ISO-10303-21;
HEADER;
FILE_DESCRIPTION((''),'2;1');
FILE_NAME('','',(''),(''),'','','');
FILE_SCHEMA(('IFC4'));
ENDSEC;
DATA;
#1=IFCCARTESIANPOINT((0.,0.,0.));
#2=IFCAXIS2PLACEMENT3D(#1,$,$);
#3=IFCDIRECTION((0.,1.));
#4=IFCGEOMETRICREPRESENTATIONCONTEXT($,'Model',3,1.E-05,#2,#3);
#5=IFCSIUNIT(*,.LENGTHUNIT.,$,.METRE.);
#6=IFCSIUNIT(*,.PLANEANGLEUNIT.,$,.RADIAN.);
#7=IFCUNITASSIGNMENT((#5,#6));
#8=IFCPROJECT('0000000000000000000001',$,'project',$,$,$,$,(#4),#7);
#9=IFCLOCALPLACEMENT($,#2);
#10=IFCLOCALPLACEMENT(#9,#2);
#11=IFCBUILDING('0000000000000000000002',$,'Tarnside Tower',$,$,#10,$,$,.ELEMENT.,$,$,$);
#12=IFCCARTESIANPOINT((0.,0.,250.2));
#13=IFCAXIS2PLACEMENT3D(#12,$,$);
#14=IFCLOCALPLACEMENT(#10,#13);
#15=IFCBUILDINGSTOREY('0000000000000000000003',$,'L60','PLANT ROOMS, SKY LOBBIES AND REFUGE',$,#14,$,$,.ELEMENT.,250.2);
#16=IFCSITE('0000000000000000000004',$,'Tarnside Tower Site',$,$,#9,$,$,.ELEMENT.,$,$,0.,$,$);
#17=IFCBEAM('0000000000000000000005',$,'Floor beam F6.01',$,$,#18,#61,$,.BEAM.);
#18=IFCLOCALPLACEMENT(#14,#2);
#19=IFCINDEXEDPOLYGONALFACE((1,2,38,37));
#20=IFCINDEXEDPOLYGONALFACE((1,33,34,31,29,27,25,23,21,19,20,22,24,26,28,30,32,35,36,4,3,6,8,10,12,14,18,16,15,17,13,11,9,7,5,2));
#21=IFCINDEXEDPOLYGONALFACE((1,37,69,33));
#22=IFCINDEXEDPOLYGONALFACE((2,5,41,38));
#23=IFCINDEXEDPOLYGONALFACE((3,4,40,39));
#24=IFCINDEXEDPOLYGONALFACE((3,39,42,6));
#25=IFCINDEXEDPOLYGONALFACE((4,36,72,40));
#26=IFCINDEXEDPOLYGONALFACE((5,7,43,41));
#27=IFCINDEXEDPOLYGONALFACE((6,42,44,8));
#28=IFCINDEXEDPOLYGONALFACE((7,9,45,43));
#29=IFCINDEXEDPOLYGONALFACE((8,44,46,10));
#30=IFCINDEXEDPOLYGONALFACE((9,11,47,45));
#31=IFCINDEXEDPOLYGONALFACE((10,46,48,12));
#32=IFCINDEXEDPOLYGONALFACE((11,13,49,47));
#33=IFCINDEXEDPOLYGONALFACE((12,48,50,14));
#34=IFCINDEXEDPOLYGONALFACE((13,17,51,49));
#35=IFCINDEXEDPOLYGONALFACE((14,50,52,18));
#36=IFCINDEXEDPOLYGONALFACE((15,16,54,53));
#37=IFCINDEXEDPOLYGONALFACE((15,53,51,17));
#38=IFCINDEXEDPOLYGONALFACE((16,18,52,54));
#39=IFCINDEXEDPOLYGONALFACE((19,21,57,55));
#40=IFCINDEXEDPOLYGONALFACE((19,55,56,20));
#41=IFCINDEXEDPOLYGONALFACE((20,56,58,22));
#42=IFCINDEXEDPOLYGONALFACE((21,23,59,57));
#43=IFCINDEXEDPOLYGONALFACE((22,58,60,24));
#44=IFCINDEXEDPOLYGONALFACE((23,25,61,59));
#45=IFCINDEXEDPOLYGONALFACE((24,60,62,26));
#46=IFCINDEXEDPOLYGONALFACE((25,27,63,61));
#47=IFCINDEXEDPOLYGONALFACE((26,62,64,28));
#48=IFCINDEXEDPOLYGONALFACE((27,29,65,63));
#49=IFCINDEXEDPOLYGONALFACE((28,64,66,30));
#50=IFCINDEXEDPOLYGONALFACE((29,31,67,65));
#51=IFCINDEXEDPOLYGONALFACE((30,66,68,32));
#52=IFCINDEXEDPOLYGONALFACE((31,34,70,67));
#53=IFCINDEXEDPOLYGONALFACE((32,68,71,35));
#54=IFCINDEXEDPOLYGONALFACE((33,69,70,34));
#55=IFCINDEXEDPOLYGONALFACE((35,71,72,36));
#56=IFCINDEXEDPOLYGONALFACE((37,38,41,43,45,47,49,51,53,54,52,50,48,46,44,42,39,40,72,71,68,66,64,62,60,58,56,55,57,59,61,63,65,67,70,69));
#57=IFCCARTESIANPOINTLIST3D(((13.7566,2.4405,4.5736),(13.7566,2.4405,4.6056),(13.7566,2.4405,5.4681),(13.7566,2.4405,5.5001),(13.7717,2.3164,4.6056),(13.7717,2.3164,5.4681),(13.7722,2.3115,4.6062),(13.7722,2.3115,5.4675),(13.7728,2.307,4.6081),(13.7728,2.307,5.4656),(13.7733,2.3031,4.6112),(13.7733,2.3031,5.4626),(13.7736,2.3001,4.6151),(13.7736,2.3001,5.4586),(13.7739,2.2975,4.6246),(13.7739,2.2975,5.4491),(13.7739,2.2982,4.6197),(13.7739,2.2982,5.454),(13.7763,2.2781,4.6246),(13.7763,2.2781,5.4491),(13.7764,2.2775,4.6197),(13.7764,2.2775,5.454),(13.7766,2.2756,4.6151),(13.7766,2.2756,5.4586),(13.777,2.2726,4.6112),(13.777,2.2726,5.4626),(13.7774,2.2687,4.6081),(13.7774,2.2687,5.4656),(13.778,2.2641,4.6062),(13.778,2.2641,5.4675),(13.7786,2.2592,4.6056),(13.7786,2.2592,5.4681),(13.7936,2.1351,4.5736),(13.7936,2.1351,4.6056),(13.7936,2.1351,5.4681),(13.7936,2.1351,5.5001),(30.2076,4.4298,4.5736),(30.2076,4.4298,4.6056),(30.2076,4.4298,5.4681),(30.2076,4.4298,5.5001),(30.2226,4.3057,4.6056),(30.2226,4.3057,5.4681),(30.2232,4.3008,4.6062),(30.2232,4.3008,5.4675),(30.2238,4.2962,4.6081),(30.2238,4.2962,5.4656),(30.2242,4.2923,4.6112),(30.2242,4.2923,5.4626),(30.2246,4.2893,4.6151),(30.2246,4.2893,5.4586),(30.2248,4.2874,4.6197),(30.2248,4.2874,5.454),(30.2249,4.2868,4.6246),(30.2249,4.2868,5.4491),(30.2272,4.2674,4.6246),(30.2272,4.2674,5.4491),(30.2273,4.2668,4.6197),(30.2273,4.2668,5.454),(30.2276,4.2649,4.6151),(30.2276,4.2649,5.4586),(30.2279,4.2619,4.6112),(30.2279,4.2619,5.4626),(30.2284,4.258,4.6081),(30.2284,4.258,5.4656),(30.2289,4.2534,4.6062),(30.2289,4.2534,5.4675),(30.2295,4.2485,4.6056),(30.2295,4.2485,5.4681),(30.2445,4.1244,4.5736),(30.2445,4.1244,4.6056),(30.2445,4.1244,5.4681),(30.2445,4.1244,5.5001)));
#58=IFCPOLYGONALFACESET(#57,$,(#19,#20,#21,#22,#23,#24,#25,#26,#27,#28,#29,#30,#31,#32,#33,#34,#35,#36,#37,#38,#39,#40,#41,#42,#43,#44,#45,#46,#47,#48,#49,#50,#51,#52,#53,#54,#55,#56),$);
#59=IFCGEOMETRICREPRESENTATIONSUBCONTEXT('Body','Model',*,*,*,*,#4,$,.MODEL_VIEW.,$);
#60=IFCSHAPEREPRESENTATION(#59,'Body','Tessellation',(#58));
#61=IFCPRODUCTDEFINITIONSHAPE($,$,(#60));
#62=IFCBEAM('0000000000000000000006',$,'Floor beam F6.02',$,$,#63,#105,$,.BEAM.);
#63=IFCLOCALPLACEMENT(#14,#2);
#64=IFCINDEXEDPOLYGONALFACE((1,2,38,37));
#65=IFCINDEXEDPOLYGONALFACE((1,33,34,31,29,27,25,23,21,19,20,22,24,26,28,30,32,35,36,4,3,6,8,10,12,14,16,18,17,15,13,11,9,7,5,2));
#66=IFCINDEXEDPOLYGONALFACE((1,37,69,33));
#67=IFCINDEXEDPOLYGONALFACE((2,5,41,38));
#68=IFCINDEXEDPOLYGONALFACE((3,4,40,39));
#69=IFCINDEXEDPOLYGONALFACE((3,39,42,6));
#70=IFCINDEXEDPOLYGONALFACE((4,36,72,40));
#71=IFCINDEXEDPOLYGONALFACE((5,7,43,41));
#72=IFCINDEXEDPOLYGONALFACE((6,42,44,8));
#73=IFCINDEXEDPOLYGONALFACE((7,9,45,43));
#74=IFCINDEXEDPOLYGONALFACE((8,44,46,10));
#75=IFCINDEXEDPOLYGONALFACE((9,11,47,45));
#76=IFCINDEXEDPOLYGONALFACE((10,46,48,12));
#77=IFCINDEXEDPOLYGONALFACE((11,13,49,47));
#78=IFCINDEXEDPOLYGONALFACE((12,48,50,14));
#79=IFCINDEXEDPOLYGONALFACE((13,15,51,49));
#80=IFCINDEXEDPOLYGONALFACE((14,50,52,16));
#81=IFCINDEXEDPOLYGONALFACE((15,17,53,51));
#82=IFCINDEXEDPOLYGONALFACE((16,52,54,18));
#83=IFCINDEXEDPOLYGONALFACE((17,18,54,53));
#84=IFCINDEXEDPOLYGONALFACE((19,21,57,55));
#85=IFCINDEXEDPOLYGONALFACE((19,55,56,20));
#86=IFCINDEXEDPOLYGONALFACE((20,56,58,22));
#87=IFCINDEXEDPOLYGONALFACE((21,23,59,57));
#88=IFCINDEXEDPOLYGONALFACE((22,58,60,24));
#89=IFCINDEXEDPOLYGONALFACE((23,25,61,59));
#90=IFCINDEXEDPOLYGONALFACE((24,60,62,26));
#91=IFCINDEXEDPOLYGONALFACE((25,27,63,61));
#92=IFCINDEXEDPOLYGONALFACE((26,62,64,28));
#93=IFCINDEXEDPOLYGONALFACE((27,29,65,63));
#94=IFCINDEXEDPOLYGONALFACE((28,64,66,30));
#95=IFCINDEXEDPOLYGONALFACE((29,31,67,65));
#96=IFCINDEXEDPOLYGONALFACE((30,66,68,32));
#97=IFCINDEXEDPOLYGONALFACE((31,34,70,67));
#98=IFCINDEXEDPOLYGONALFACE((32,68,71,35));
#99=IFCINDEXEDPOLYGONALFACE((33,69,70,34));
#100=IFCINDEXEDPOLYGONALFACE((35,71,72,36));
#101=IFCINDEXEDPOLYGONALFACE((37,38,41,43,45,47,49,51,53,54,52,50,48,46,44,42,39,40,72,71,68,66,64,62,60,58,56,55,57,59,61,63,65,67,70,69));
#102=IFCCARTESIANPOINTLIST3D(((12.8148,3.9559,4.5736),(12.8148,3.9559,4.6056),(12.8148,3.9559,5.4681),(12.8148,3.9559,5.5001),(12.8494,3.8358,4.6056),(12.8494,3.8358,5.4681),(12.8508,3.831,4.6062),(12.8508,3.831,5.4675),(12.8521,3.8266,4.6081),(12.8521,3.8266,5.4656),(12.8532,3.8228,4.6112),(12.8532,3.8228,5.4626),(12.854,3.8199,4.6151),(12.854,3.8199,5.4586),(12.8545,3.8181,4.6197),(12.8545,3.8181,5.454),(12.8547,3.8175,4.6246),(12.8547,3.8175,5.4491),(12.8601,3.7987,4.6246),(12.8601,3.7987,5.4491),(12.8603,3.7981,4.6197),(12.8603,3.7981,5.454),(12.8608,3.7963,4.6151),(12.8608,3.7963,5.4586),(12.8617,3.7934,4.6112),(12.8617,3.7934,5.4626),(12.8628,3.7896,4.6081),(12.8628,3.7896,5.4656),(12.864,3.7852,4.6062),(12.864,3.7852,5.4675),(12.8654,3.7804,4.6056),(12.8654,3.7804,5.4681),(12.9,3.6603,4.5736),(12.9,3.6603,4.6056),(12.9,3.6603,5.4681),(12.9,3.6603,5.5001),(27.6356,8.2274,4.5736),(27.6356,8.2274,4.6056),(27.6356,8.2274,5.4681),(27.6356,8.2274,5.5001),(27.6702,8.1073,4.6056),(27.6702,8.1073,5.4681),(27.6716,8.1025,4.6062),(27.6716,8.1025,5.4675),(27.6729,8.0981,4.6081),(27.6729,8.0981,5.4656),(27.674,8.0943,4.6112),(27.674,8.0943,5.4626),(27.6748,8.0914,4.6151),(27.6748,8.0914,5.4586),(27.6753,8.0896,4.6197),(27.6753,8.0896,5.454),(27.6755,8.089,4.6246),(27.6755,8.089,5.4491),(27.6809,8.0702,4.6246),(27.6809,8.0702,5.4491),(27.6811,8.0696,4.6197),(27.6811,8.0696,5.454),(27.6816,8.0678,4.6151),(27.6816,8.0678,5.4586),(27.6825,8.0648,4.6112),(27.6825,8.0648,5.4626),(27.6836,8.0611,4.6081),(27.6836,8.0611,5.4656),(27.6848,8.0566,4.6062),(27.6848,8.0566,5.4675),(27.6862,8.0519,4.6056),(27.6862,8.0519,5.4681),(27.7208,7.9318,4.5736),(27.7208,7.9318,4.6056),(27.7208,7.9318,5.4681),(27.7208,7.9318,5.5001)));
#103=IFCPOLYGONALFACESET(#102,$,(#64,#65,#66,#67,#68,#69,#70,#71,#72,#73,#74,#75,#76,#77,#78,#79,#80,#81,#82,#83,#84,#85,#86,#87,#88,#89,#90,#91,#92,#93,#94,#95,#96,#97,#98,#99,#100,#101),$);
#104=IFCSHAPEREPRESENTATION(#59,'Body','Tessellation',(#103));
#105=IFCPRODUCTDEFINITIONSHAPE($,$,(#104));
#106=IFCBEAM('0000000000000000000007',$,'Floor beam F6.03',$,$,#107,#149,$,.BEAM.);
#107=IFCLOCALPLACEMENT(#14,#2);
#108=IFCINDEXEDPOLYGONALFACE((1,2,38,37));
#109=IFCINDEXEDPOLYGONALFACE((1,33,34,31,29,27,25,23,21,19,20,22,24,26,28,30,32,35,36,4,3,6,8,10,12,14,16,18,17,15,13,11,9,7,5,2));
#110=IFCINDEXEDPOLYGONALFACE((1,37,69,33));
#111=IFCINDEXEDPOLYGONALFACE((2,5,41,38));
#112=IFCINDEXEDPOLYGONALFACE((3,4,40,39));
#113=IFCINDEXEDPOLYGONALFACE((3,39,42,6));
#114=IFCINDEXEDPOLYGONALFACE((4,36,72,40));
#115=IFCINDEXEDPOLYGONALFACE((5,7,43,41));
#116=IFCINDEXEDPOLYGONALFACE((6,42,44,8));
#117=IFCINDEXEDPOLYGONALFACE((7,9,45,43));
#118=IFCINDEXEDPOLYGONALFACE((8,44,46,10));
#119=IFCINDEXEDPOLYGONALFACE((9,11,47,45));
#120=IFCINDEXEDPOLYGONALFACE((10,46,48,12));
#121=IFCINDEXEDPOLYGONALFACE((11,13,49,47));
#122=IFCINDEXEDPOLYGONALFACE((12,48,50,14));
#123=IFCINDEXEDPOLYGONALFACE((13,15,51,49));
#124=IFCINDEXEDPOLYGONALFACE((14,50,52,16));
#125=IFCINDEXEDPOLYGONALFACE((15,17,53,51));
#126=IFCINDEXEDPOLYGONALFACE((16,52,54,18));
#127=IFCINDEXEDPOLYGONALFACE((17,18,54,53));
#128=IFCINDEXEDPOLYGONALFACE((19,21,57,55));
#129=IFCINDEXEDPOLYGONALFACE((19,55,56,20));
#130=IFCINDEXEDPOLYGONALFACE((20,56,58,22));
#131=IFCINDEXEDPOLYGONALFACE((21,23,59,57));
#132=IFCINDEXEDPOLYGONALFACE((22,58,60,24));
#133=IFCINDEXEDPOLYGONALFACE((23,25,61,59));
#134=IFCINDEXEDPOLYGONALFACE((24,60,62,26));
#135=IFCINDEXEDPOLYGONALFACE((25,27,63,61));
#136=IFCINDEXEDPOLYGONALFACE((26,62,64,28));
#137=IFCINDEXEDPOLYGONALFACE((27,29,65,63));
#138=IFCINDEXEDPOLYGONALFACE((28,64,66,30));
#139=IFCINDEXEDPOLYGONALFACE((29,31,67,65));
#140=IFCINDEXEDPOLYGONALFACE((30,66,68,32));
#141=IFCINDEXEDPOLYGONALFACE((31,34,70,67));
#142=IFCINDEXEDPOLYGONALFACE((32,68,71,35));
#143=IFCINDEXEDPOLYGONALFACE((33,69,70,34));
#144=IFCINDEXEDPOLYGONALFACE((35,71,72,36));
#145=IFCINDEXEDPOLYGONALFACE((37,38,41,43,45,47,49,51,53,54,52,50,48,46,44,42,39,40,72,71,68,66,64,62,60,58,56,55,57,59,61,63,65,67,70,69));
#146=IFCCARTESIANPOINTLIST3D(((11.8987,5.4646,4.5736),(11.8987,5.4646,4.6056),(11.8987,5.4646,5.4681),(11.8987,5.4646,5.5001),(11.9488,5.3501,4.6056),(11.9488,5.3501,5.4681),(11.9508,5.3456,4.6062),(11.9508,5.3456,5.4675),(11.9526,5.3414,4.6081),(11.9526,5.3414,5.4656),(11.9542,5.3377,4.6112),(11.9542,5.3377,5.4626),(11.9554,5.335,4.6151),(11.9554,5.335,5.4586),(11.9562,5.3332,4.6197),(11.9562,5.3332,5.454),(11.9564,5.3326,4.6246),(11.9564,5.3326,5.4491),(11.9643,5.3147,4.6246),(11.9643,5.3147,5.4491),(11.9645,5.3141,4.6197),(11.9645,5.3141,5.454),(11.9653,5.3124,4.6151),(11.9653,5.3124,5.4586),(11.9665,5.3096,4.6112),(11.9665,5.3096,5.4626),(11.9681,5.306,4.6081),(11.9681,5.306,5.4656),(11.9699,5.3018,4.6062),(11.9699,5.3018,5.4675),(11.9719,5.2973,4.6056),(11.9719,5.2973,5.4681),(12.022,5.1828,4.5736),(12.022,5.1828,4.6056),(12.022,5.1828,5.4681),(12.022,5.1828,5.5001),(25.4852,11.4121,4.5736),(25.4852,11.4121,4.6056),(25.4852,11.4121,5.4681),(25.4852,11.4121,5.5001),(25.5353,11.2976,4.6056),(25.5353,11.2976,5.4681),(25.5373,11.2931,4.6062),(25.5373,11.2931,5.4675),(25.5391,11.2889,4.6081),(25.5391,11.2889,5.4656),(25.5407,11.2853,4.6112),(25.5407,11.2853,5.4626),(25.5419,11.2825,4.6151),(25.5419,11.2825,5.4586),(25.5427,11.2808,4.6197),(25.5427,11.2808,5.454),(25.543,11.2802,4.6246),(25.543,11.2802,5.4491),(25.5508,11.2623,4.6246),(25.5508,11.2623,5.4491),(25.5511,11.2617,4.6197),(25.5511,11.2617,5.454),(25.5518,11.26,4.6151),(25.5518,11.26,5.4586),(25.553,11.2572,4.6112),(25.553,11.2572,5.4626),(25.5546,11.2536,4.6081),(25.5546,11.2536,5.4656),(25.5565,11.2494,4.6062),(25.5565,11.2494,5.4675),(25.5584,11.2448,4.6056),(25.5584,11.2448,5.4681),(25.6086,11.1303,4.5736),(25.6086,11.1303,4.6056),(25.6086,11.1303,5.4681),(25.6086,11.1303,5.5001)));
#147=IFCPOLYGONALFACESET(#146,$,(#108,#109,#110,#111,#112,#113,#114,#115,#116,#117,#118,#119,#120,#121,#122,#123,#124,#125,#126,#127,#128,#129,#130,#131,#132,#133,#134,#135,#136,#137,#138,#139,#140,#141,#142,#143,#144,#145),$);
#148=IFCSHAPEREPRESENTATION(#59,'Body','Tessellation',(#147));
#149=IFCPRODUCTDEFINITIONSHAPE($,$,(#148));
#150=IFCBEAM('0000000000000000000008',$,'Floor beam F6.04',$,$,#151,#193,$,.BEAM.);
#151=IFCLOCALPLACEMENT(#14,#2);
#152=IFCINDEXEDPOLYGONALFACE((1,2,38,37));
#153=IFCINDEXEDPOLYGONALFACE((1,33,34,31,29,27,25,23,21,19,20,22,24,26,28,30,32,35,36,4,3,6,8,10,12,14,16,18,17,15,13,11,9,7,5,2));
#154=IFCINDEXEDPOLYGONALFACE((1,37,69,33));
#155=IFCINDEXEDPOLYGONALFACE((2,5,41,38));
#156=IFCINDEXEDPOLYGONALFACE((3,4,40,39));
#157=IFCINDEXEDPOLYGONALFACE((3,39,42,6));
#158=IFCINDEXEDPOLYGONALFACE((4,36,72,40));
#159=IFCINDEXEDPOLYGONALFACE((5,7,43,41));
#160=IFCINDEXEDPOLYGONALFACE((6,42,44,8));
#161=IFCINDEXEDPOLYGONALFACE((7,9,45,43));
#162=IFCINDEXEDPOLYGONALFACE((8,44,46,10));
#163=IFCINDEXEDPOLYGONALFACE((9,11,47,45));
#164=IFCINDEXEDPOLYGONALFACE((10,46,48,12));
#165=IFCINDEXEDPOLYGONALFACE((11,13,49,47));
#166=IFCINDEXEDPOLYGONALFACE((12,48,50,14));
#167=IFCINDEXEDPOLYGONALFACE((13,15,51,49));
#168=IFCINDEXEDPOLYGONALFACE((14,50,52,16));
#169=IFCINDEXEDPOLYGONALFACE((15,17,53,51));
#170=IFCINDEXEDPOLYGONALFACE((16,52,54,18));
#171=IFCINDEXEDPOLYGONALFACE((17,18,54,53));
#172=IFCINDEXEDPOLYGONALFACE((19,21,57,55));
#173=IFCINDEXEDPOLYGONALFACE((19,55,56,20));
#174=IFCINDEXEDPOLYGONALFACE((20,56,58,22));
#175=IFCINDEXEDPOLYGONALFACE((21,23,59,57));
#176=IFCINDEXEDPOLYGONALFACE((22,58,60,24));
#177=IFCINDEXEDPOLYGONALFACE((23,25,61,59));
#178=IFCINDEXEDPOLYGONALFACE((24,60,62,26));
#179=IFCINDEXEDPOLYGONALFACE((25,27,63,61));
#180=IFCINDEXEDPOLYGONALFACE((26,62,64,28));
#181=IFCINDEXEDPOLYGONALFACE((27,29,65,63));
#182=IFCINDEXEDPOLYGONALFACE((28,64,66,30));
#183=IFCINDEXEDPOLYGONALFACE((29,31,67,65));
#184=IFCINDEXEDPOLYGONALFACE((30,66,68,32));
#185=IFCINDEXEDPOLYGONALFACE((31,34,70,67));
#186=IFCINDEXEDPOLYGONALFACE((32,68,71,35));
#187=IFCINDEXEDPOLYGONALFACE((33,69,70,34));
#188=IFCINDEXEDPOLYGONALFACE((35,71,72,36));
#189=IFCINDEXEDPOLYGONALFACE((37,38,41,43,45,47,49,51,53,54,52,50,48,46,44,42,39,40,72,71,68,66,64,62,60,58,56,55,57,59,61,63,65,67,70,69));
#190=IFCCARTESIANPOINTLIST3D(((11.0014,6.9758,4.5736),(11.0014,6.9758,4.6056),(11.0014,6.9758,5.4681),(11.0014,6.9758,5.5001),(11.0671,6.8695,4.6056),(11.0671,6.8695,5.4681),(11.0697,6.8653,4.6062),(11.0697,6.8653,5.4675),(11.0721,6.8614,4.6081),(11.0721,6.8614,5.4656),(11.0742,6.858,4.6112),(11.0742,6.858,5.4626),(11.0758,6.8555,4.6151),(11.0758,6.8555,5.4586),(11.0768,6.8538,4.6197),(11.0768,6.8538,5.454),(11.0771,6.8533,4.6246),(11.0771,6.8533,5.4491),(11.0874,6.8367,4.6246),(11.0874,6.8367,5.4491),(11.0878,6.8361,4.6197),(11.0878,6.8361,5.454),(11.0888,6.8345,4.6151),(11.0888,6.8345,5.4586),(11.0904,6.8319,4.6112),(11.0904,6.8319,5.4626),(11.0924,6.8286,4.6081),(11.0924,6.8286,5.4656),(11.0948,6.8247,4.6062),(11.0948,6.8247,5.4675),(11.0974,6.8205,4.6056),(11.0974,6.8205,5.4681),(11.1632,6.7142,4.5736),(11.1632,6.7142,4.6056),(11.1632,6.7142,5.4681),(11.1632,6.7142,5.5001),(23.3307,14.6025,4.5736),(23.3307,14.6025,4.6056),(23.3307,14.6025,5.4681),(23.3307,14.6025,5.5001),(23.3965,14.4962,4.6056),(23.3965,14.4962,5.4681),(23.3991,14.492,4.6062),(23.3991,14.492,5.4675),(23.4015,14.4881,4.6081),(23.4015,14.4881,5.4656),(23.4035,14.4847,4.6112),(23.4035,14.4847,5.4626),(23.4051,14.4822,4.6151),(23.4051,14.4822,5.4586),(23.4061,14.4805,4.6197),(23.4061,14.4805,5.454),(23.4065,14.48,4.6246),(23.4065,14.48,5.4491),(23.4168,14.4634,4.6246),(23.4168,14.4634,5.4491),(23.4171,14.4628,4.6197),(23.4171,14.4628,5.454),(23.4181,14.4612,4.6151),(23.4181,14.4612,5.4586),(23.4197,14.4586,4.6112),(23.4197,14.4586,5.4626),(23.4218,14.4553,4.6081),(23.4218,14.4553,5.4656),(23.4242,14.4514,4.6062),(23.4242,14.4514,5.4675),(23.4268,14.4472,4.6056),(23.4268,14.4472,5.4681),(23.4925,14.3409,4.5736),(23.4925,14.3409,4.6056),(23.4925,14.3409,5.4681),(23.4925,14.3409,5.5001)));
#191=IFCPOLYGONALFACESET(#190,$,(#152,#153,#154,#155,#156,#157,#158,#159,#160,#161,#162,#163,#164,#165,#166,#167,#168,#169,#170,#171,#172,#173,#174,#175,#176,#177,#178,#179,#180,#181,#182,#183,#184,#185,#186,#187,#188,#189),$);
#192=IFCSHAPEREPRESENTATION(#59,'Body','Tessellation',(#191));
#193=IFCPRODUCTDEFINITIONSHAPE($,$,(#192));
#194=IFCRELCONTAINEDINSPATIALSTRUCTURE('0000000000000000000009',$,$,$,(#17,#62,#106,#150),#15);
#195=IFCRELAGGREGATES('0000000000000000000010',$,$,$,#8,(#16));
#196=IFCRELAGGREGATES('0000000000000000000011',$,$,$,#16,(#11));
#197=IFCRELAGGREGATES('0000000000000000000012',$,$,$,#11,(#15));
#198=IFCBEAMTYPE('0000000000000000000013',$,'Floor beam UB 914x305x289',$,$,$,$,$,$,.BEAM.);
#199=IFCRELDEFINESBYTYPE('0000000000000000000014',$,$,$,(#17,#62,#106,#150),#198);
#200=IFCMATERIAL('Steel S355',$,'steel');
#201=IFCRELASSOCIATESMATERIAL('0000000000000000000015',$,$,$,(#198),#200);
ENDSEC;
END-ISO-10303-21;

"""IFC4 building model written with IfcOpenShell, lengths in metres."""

from ifc_helpers import new_model, si_unit, direction, frame, origin, origin_2d, place, context, subcontext, project, spatial, i_section, extrude, material, material_profile, profile_set, type_object, element, save


model = new_model("IFC4")

# Units and contexts
model_context = context("Model", 3, precision=1e-05, world=origin(), true_north=direction((0.0, 1.0)))
body_context = subcontext(model_context, "Body", "Model", "MODEL_VIEW")
ifc_project = project(units=[si_unit("LENGTHUNIT", "METRE"), si_unit("PLANEANGLEUNIT", "RADIAN")], contexts=[model_context])

# Site, building, storey
site_placement = place(None, origin())
site = spatial("IfcSite", under=ifc_project, at=site_placement, Name="Tarnside Tower Site", CompositionType="ELEMENT", RefElevation=0.0)
building_placement = place(site_placement, origin())
building = spatial("IfcBuilding", under=site, at=building_placement, Name="Tarnside Tower", CompositionType="ELEMENT")
storey_placement = place(building_placement, frame((0.0, 0.0, 250.2)))
storey = spatial("IfcBuildingStorey", under=building, at=storey_placement, Name="L60", Description="PLANT ROOMS, SKY LOBBIES AND REFUGE", CompositionType="ELEMENT", Elevation=250.2)

# Beams
ifc_material_1 = material(Name="Steel S355", Category="steel")
ifc_material_profile_1 = material_profile(ifc_material_1, i_section(OverallWidth=0.3076, OverallDepth=0.9265, WebThickness=0.0195, FlangeThickness=0.032, FilletRadius=0.019, at=origin_2d()), Name="UB 914x305x289")
ifc_profile_set_1 = profile_set([ifc_material_profile_1], Name="Steel S355")
beam_type = type_object("IfcBeamType", Name="Floor beam UB 914x305x289", PredefinedType="BEAM", material=ifc_profile_set_1)
beam_1_placement = place(storey_placement, frame((30.2261, 4.2771, 5.0369), z_axis=(-0.992768, -0.120046, 0.0), x_axis=(0.120046, -0.992768, 0.0)))
element("IfcBeam", 1, at=beam_1_placement, inside=storey, type_object=beam_type, Name="Floor beam F6.01", PredefinedType="BEAM", context=body_context, shape_type="SweptSolid", body=[
    extrude(i_section(OverallWidth=0.3076, OverallDepth=0.9265, WebThickness=0.0195, FlangeThickness=0.032, FilletRadius=0.019, at=origin_2d()), origin(), (0.0, 0.0, 1.0), 16.5708),
])
beam_2_placement = place(storey_placement, frame((27.6782, 8.0796, 5.0369), z_axis=(-0.960888, -0.276936, 0.0), x_axis=(0.276936, -0.960888, 0.0)))
element("IfcBeam", 2, at=beam_2_placement, inside=storey, type_object=beam_type, Name="Floor beam F6.02", PredefinedType="BEAM", context=body_context, shape_type="SweptSolid", body=[
    extrude(i_section(OverallWidth=0.3076, OverallDepth=0.9265, WebThickness=0.0195, FlangeThickness=0.032, FilletRadius=0.019, at=origin_2d()), origin(), (0.0, 0.0, 1.0), 15.4241),
])
beam_3_placement = place(storey_placement, frame((25.5469, 11.2712, 5.0369), z_axis=(-0.916072, -0.401014, 0.0), x_axis=(0.401014, -0.916072, 0.0)))
element("IfcBeam", 3, at=beam_3_placement, inside=storey, type_object=beam_type, Name="Floor beam F6.03", PredefinedType="BEAM", context=body_context, shape_type="SweptSolid", body=[
    extrude(i_section(OverallWidth=0.3076, OverallDepth=0.9265, WebThickness=0.0195, FlangeThickness=0.032, FilletRadius=0.019, at=origin_2d()), origin(), (0.0, 0.0, 1.0), 14.8313),
])
beam_4_placement = place(storey_placement, frame((23.4116, 14.4717, 5.0369), z_axis=(-0.850442, -0.526068, 0.0), x_axis=(0.526068, -0.850442, 0.0)))
element("IfcBeam", 4, at=beam_4_placement, inside=storey, type_object=beam_type, Name="Floor beam F6.04", PredefinedType="BEAM", context=body_context, shape_type="SweptSolid", body=[
    extrude(i_section(OverallWidth=0.3076, OverallDepth=0.9265, WebThickness=0.0195, FlangeThickness=0.032, FilletRadius=0.019, at=origin_2d()), origin(), (0.0, 0.0, 1.0), 14.4976),
])

save(model, "model.ifc")
